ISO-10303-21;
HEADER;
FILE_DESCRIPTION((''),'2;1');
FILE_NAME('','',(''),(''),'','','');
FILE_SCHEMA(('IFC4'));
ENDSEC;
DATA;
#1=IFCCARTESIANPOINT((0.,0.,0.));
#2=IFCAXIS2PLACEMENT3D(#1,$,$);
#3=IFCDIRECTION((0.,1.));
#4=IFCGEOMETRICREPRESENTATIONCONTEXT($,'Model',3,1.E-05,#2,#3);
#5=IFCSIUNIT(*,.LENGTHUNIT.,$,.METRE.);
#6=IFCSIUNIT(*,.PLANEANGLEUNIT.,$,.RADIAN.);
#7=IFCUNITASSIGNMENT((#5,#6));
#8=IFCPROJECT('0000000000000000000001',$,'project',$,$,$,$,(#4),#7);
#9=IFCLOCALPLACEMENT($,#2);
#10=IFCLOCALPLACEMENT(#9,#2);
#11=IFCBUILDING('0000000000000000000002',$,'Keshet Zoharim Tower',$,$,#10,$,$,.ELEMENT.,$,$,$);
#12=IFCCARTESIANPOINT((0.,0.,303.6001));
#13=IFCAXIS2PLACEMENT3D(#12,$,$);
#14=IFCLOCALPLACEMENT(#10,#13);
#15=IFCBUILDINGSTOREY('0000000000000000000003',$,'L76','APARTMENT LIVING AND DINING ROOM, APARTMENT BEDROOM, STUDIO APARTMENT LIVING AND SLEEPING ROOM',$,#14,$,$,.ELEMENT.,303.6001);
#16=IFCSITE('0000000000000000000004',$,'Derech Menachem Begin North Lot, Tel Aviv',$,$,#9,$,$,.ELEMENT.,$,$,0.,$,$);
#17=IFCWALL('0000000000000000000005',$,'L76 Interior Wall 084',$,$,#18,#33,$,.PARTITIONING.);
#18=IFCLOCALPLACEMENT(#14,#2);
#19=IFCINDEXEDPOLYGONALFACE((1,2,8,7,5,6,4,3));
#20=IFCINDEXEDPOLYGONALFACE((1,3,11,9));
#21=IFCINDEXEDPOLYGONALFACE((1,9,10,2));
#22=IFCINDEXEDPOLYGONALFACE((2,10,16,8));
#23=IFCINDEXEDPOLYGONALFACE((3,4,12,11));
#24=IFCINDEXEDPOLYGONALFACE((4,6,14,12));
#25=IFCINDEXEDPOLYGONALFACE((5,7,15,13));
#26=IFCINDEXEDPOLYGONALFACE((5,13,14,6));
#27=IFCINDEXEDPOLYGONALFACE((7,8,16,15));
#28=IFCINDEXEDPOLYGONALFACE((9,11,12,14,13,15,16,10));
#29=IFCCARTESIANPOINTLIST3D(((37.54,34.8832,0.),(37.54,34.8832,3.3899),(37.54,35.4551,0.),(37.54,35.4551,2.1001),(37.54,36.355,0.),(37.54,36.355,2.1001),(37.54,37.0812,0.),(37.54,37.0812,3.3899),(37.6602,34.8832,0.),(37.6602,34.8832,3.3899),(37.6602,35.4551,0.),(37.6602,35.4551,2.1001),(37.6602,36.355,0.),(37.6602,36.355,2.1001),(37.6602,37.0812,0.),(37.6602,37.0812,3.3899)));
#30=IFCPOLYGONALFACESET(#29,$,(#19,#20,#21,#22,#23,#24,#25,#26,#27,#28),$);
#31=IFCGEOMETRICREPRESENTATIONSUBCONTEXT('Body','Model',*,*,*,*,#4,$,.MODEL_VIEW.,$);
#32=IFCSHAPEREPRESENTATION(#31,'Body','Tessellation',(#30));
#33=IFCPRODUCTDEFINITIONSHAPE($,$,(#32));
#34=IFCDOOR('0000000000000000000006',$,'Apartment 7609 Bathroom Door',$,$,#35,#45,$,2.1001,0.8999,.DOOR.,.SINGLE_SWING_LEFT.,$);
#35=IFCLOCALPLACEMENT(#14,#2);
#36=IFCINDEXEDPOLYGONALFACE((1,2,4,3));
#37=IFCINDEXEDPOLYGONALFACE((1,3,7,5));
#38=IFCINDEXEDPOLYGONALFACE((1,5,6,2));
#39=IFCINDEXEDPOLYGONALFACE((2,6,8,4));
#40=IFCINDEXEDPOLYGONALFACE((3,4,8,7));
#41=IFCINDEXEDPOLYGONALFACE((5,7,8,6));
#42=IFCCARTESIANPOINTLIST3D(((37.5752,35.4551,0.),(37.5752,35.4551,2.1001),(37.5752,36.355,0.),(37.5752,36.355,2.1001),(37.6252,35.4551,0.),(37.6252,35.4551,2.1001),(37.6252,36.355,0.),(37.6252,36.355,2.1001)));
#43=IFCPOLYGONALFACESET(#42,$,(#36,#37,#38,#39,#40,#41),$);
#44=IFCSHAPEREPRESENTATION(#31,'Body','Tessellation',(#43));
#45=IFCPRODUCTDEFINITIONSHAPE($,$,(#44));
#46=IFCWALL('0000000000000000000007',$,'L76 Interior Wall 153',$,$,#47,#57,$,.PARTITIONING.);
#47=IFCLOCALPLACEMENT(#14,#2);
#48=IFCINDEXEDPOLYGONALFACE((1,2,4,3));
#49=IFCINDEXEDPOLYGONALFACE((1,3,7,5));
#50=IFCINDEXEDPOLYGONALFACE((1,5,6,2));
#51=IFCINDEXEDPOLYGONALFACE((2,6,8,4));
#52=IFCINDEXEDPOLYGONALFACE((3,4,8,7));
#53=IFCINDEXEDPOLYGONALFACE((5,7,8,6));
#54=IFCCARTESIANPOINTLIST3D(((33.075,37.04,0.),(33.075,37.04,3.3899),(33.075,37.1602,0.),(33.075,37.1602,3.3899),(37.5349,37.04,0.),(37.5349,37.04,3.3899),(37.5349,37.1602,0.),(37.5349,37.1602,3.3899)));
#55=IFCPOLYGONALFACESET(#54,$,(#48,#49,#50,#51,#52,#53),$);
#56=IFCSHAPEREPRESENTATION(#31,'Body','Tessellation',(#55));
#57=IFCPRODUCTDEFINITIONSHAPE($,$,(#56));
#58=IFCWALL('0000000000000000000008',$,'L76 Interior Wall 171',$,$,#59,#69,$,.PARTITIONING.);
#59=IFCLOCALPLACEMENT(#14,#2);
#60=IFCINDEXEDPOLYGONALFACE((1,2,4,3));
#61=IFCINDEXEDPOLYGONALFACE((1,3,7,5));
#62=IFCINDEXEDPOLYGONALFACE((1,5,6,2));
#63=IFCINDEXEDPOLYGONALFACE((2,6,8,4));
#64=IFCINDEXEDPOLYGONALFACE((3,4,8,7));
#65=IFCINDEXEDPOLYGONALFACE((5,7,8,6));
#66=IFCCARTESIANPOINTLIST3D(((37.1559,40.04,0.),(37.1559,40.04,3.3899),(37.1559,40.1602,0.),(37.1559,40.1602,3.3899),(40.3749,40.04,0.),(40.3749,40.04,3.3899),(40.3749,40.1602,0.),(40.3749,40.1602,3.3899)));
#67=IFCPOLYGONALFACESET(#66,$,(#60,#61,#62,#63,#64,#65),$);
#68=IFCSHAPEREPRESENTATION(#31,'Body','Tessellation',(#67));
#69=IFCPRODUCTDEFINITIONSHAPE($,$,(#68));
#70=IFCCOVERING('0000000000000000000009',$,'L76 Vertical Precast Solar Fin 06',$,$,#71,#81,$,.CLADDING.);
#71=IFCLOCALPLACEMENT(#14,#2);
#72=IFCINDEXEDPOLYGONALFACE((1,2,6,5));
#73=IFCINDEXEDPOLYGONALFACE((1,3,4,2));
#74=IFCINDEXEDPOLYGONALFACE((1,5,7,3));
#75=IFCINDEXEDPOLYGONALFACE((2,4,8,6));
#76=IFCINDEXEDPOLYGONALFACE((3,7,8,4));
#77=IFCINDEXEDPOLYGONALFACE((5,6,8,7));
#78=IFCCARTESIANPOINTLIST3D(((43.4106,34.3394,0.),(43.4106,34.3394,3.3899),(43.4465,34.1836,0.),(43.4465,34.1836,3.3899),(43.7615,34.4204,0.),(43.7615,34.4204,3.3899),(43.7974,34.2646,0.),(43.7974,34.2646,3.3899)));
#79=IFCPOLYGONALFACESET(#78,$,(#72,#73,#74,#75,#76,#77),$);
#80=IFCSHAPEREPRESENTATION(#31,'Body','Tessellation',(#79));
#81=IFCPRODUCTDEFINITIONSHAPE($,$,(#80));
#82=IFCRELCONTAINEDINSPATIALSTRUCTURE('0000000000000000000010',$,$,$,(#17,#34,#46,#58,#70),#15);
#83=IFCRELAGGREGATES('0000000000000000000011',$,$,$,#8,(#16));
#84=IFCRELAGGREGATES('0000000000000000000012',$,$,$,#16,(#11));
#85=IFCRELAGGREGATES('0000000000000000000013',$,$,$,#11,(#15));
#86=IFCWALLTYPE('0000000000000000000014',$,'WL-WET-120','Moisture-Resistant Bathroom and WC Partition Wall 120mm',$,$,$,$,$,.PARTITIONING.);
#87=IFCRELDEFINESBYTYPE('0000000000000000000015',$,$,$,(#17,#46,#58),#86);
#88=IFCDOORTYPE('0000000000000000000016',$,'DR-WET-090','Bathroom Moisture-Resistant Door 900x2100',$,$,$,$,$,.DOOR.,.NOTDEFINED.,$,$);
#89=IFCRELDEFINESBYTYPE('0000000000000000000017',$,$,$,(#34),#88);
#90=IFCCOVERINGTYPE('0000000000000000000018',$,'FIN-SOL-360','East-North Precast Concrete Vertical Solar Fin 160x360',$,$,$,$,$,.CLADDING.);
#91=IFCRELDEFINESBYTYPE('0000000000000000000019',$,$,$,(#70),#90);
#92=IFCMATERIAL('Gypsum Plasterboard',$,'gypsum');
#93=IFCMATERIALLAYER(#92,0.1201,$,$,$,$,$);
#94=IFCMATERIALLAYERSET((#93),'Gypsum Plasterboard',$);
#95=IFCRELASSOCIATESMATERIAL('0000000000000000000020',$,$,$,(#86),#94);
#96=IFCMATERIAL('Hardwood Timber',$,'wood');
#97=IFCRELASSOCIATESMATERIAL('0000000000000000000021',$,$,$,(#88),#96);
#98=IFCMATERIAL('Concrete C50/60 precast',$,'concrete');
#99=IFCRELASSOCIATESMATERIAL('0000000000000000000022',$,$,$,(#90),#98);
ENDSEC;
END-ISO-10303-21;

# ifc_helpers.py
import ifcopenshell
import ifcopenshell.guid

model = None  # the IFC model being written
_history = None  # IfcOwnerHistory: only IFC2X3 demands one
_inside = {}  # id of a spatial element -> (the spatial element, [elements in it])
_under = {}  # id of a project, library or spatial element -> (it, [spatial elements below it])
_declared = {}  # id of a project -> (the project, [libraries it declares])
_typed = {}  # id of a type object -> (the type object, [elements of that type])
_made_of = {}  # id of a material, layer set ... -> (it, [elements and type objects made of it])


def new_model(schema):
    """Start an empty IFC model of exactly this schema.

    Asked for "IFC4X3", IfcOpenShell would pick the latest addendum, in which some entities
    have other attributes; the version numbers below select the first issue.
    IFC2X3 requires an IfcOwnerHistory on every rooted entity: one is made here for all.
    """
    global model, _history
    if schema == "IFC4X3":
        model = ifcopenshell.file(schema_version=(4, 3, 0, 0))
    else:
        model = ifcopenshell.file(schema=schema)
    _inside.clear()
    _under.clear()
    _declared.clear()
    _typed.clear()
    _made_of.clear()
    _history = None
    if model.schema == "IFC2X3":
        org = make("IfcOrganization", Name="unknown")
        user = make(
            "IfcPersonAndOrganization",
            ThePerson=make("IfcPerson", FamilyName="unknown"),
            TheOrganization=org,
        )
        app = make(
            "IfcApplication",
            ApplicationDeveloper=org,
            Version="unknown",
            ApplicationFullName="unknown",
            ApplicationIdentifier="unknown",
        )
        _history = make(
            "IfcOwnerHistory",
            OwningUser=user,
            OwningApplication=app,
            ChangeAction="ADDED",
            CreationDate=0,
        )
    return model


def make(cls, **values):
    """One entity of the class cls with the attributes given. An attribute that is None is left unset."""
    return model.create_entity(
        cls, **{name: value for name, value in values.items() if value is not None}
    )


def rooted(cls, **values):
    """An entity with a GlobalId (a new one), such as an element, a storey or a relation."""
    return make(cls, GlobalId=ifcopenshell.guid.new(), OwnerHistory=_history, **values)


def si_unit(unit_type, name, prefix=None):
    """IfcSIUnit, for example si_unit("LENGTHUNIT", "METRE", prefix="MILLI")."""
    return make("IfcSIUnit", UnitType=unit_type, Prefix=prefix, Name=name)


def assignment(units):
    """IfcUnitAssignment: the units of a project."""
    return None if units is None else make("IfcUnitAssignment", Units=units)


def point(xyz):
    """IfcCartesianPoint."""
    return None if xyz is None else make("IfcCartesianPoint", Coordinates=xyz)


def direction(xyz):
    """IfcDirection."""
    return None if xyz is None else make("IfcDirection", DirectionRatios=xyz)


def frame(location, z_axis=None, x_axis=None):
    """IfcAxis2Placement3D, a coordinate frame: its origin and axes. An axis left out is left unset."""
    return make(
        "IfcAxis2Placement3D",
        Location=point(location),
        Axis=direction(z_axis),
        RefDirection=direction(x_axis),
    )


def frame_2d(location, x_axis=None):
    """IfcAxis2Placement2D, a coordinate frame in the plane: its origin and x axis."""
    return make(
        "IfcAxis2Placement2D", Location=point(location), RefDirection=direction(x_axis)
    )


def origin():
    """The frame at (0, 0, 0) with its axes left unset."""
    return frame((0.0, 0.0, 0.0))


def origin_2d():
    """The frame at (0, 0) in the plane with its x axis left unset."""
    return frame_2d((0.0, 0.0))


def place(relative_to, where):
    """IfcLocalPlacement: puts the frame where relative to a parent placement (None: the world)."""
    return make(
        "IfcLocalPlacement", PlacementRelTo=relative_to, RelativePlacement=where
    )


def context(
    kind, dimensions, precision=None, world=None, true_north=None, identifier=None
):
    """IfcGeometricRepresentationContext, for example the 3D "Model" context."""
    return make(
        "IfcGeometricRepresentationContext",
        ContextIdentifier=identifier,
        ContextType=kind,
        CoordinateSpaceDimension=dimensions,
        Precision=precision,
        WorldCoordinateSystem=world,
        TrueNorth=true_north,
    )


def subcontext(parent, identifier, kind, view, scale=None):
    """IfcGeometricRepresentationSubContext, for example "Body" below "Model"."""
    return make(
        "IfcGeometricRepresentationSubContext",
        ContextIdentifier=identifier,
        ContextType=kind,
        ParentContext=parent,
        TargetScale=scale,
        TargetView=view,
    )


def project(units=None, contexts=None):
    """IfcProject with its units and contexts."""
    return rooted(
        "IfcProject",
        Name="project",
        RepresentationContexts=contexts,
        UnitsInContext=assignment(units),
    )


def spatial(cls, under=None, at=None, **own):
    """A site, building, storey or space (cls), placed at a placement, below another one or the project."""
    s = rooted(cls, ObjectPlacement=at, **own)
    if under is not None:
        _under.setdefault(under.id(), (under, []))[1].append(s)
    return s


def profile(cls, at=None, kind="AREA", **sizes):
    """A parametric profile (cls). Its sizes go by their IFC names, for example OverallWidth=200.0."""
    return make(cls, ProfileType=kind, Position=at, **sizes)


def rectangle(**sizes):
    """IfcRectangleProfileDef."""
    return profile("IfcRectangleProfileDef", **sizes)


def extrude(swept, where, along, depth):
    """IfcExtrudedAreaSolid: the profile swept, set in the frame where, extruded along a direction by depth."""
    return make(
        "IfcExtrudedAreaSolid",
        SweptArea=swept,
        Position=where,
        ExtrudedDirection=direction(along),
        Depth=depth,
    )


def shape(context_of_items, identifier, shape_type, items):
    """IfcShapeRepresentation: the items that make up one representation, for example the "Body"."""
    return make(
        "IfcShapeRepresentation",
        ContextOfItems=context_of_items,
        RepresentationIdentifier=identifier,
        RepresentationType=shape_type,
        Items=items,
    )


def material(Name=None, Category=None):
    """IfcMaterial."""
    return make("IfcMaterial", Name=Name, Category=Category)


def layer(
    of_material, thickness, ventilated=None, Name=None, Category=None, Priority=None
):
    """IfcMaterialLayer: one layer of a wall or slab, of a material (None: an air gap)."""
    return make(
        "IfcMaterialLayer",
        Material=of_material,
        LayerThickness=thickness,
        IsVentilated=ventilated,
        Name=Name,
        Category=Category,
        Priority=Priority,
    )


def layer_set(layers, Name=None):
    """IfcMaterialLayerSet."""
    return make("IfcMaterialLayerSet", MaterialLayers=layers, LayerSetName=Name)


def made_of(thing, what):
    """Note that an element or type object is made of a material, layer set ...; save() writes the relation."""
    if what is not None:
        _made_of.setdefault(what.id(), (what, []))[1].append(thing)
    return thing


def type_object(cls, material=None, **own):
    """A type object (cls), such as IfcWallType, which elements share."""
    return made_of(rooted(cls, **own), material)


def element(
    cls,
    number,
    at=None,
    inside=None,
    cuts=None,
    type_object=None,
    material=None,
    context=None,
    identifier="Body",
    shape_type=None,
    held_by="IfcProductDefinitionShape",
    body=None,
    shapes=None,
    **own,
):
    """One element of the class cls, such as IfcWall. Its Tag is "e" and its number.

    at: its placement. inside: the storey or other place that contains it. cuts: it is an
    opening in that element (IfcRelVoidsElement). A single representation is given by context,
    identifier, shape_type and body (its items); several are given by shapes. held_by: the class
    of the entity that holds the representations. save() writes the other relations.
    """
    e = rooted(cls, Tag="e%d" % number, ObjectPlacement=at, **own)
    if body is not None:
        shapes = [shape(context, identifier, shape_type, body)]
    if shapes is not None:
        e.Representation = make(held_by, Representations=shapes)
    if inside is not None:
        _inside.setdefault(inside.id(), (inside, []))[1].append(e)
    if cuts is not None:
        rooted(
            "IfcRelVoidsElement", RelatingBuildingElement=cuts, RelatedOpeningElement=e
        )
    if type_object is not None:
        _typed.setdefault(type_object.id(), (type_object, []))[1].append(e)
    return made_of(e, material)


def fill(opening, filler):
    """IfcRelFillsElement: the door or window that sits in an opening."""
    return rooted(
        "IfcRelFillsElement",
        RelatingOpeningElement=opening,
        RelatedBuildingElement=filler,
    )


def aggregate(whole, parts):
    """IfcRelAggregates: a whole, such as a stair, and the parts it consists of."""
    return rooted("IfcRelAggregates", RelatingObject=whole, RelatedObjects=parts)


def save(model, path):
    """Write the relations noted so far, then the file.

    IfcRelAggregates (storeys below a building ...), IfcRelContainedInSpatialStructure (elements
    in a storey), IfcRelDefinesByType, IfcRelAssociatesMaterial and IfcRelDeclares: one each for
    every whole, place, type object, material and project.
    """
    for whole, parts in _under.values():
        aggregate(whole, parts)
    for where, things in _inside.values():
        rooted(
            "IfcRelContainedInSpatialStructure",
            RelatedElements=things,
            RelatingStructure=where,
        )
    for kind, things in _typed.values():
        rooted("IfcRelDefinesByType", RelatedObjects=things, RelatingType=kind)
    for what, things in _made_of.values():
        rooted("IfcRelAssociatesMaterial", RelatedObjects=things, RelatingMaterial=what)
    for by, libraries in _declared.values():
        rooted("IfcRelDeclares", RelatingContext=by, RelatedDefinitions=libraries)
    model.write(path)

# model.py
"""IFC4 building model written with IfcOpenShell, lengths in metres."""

from ifc_helpers import new_model, si_unit, direction, frame, frame_2d, origin, origin_2d, place, context, subcontext, project, spatial, rectangle, extrude, material, layer, layer_set, type_object, element, fill, save


model = new_model("IFC4")

# Units and contexts
model_context = context("Model", 3, precision=1e-05, world=origin(), true_north=direction((0.0, 1.0)))
body_context = subcontext(model_context, "Body", "Model", "MODEL_VIEW")
ifc_project = project(units=[si_unit("LENGTHUNIT", "METRE"), si_unit("PLANEANGLEUNIT", "RADIAN")], contexts=[model_context])

# Site, building, storey
site_placement = place(None, origin())
site = spatial("IfcSite", under=ifc_project, at=site_placement, Name="Derech Menachem Begin North Lot, Tel Aviv", CompositionType="ELEMENT", RefElevation=0.0)
building_placement = place(site_placement, origin())
building = spatial("IfcBuilding", under=site, at=building_placement, Name="Keshet Zoharim Tower", CompositionType="ELEMENT")
storey_placement = place(building_placement, frame((0.0, 0.0, 303.6001)))
storey = spatial("IfcBuildingStorey", under=building, at=storey_placement, Name="L76", Description="APARTMENT LIVING AND DINING ROOM, APARTMENT BEDROOM, STUDIO APARTMENT LIVING AND SLEEPING ROOM", CompositionType="ELEMENT", Elevation=303.6001)

# Shared definitions
ifc_material_1 = material(Name="Hardwood Timber", Category="wood")

# Shared definitions
ifc_material_2 = material(Name="Gypsum Plasterboard", Category="gypsum")

# Shared definitions
ifc_layer_1 = layer(ifc_material_2, 0.1201)
ifc_layer_set_1 = layer_set([ifc_layer_1], Name="Gypsum Plasterboard")
wall_type_1 = type_object("IfcWallType", Name="WL-WET-120", Description="Moisture-Resistant Bathroom and WC Partition Wall 120mm", PredefinedType="PARTITIONING", material=ifc_layer_set_1)

# Wall, opening, door
wall_1_placement = place(storey_placement, frame((37.6001, 34.8831, 0.0), z_axis=(0.0, 0.0, 1.0), x_axis=(0.0, 1.0, 0.0)))
wall_1 = element("IfcWall", 1, at=wall_1_placement, inside=storey, type_object=wall_type_1, Name="L76 Interior Wall 084", PredefinedType="PARTITIONING", context=body_context, shape_type="SweptSolid", body=[
    extrude(rectangle(XDim=2.198, YDim=0.1201, at=frame_2d((1.0991, 0.0))), origin(), (0.0, 0.0, 1.0), 3.3899),
])
opening_1_placement = place(wall_1_placement, frame((0.572, 0.0, 0.0)))
opening_1 = element("IfcOpeningElement", 2, at=opening_1_placement, cuts=wall_1, PredefinedType="OPENING", context=body_context, shape_type="SweptSolid", body=[
    extrude(rectangle(XDim=0.8999, YDim=2.1001, at=frame_2d((0.45, 1.05))), frame((0.0, 0.0701, 0.0), z_axis=(0.0, -1.0, 0.0), x_axis=(1.0, 0.0, 0.0)), (0.0, 0.0, 1.0), 0.1401),
])
door_type_1 = type_object("IfcDoorType", Name="DR-WET-090", Description="Bathroom Moisture-Resistant Door 900x2100", OperationType="NOTDEFINED", PredefinedType="DOOR", material=ifc_material_1)
door_1_placement = place(opening_1_placement, origin())
door_1 = element("IfcDoor", 3, at=door_1_placement, inside=storey, type_object=door_type_1, Name="Apartment 7609 Bathroom Door", OperationType="SINGLE_SWING_LEFT", OverallHeight=2.1001, OverallWidth=0.8999, PredefinedType="DOOR", context=body_context, shape_type="SweptSolid", body=[
    extrude(rectangle(XDim=0.8999, YDim=2.1001, at=frame_2d((0.45, 1.05))), frame((0.0, 0.0249, 0.0), z_axis=(0.0, -1.0, 0.0), x_axis=(1.0, 0.0, 0.0)), (0.0, 0.0, 1.0), 0.05),
])
fill(opening_1, door_1)

# Walls
wall_2_placement = place(storey_placement, frame((33.075, 37.1001, 0.0), z_axis=(0.0, 0.0, 1.0), x_axis=(1.0, 0.0, 0.0)))
element("IfcWall", 4, at=wall_2_placement, inside=storey, type_object=wall_type_1, Name="L76 Interior Wall 153", PredefinedType="PARTITIONING", context=body_context, shape_type="SweptSolid", body=[
    extrude(rectangle(XDim=4.46, YDim=0.1201, at=frame_2d((2.23, 0.0))), origin(), (0.0, 0.0, 1.0), 3.3899),
])
wall_3_placement = place(storey_placement, frame((37.156, 40.1001, 0.0), z_axis=(0.0, 0.0, 1.0), x_axis=(1.0, 0.0, 0.0)))
element("IfcWall", 5, at=wall_3_placement, inside=storey, type_object=wall_type_1, Name="L76 Interior Wall 171", PredefinedType="PARTITIONING", context=body_context, shape_type="SweptSolid", body=[
    extrude(rectangle(XDim=3.219, YDim=0.1201, at=frame_2d((1.6094, 0.0))), origin(), (0.0, 0.0, 1.0), 3.3899),
])

# Covering
ifc_material_3 = material(Name="Concrete C50/60 precast", Category="concrete")
covering_type = type_object("IfcCoveringType", Name="FIN-SOL-360", Description="East-North Precast Concrete Vertical Solar Fin 160x360", PredefinedType="CLADDING", material=ifc_material_3)
covering_placement = place(storey_placement, frame((43.604, 34.302, 0.0), z_axis=(0.0, 0.0, 1.0), x_axis=(0.22483, -0.974398, 0.0)))
element("IfcCovering", 6, at=covering_placement, inside=storey, type_object=covering_type, Name="L76 Vertical Precast Solar Fin 06", PredefinedType="CLADDING", context=body_context, shape_type="SweptSolid", body=[
    extrude(rectangle(XDim=0.1599, YDim=0.3601, at=origin_2d()), origin(), (0.0, 0.0, 1.0), 3.3899),
])

save(model, "model.ifc")
